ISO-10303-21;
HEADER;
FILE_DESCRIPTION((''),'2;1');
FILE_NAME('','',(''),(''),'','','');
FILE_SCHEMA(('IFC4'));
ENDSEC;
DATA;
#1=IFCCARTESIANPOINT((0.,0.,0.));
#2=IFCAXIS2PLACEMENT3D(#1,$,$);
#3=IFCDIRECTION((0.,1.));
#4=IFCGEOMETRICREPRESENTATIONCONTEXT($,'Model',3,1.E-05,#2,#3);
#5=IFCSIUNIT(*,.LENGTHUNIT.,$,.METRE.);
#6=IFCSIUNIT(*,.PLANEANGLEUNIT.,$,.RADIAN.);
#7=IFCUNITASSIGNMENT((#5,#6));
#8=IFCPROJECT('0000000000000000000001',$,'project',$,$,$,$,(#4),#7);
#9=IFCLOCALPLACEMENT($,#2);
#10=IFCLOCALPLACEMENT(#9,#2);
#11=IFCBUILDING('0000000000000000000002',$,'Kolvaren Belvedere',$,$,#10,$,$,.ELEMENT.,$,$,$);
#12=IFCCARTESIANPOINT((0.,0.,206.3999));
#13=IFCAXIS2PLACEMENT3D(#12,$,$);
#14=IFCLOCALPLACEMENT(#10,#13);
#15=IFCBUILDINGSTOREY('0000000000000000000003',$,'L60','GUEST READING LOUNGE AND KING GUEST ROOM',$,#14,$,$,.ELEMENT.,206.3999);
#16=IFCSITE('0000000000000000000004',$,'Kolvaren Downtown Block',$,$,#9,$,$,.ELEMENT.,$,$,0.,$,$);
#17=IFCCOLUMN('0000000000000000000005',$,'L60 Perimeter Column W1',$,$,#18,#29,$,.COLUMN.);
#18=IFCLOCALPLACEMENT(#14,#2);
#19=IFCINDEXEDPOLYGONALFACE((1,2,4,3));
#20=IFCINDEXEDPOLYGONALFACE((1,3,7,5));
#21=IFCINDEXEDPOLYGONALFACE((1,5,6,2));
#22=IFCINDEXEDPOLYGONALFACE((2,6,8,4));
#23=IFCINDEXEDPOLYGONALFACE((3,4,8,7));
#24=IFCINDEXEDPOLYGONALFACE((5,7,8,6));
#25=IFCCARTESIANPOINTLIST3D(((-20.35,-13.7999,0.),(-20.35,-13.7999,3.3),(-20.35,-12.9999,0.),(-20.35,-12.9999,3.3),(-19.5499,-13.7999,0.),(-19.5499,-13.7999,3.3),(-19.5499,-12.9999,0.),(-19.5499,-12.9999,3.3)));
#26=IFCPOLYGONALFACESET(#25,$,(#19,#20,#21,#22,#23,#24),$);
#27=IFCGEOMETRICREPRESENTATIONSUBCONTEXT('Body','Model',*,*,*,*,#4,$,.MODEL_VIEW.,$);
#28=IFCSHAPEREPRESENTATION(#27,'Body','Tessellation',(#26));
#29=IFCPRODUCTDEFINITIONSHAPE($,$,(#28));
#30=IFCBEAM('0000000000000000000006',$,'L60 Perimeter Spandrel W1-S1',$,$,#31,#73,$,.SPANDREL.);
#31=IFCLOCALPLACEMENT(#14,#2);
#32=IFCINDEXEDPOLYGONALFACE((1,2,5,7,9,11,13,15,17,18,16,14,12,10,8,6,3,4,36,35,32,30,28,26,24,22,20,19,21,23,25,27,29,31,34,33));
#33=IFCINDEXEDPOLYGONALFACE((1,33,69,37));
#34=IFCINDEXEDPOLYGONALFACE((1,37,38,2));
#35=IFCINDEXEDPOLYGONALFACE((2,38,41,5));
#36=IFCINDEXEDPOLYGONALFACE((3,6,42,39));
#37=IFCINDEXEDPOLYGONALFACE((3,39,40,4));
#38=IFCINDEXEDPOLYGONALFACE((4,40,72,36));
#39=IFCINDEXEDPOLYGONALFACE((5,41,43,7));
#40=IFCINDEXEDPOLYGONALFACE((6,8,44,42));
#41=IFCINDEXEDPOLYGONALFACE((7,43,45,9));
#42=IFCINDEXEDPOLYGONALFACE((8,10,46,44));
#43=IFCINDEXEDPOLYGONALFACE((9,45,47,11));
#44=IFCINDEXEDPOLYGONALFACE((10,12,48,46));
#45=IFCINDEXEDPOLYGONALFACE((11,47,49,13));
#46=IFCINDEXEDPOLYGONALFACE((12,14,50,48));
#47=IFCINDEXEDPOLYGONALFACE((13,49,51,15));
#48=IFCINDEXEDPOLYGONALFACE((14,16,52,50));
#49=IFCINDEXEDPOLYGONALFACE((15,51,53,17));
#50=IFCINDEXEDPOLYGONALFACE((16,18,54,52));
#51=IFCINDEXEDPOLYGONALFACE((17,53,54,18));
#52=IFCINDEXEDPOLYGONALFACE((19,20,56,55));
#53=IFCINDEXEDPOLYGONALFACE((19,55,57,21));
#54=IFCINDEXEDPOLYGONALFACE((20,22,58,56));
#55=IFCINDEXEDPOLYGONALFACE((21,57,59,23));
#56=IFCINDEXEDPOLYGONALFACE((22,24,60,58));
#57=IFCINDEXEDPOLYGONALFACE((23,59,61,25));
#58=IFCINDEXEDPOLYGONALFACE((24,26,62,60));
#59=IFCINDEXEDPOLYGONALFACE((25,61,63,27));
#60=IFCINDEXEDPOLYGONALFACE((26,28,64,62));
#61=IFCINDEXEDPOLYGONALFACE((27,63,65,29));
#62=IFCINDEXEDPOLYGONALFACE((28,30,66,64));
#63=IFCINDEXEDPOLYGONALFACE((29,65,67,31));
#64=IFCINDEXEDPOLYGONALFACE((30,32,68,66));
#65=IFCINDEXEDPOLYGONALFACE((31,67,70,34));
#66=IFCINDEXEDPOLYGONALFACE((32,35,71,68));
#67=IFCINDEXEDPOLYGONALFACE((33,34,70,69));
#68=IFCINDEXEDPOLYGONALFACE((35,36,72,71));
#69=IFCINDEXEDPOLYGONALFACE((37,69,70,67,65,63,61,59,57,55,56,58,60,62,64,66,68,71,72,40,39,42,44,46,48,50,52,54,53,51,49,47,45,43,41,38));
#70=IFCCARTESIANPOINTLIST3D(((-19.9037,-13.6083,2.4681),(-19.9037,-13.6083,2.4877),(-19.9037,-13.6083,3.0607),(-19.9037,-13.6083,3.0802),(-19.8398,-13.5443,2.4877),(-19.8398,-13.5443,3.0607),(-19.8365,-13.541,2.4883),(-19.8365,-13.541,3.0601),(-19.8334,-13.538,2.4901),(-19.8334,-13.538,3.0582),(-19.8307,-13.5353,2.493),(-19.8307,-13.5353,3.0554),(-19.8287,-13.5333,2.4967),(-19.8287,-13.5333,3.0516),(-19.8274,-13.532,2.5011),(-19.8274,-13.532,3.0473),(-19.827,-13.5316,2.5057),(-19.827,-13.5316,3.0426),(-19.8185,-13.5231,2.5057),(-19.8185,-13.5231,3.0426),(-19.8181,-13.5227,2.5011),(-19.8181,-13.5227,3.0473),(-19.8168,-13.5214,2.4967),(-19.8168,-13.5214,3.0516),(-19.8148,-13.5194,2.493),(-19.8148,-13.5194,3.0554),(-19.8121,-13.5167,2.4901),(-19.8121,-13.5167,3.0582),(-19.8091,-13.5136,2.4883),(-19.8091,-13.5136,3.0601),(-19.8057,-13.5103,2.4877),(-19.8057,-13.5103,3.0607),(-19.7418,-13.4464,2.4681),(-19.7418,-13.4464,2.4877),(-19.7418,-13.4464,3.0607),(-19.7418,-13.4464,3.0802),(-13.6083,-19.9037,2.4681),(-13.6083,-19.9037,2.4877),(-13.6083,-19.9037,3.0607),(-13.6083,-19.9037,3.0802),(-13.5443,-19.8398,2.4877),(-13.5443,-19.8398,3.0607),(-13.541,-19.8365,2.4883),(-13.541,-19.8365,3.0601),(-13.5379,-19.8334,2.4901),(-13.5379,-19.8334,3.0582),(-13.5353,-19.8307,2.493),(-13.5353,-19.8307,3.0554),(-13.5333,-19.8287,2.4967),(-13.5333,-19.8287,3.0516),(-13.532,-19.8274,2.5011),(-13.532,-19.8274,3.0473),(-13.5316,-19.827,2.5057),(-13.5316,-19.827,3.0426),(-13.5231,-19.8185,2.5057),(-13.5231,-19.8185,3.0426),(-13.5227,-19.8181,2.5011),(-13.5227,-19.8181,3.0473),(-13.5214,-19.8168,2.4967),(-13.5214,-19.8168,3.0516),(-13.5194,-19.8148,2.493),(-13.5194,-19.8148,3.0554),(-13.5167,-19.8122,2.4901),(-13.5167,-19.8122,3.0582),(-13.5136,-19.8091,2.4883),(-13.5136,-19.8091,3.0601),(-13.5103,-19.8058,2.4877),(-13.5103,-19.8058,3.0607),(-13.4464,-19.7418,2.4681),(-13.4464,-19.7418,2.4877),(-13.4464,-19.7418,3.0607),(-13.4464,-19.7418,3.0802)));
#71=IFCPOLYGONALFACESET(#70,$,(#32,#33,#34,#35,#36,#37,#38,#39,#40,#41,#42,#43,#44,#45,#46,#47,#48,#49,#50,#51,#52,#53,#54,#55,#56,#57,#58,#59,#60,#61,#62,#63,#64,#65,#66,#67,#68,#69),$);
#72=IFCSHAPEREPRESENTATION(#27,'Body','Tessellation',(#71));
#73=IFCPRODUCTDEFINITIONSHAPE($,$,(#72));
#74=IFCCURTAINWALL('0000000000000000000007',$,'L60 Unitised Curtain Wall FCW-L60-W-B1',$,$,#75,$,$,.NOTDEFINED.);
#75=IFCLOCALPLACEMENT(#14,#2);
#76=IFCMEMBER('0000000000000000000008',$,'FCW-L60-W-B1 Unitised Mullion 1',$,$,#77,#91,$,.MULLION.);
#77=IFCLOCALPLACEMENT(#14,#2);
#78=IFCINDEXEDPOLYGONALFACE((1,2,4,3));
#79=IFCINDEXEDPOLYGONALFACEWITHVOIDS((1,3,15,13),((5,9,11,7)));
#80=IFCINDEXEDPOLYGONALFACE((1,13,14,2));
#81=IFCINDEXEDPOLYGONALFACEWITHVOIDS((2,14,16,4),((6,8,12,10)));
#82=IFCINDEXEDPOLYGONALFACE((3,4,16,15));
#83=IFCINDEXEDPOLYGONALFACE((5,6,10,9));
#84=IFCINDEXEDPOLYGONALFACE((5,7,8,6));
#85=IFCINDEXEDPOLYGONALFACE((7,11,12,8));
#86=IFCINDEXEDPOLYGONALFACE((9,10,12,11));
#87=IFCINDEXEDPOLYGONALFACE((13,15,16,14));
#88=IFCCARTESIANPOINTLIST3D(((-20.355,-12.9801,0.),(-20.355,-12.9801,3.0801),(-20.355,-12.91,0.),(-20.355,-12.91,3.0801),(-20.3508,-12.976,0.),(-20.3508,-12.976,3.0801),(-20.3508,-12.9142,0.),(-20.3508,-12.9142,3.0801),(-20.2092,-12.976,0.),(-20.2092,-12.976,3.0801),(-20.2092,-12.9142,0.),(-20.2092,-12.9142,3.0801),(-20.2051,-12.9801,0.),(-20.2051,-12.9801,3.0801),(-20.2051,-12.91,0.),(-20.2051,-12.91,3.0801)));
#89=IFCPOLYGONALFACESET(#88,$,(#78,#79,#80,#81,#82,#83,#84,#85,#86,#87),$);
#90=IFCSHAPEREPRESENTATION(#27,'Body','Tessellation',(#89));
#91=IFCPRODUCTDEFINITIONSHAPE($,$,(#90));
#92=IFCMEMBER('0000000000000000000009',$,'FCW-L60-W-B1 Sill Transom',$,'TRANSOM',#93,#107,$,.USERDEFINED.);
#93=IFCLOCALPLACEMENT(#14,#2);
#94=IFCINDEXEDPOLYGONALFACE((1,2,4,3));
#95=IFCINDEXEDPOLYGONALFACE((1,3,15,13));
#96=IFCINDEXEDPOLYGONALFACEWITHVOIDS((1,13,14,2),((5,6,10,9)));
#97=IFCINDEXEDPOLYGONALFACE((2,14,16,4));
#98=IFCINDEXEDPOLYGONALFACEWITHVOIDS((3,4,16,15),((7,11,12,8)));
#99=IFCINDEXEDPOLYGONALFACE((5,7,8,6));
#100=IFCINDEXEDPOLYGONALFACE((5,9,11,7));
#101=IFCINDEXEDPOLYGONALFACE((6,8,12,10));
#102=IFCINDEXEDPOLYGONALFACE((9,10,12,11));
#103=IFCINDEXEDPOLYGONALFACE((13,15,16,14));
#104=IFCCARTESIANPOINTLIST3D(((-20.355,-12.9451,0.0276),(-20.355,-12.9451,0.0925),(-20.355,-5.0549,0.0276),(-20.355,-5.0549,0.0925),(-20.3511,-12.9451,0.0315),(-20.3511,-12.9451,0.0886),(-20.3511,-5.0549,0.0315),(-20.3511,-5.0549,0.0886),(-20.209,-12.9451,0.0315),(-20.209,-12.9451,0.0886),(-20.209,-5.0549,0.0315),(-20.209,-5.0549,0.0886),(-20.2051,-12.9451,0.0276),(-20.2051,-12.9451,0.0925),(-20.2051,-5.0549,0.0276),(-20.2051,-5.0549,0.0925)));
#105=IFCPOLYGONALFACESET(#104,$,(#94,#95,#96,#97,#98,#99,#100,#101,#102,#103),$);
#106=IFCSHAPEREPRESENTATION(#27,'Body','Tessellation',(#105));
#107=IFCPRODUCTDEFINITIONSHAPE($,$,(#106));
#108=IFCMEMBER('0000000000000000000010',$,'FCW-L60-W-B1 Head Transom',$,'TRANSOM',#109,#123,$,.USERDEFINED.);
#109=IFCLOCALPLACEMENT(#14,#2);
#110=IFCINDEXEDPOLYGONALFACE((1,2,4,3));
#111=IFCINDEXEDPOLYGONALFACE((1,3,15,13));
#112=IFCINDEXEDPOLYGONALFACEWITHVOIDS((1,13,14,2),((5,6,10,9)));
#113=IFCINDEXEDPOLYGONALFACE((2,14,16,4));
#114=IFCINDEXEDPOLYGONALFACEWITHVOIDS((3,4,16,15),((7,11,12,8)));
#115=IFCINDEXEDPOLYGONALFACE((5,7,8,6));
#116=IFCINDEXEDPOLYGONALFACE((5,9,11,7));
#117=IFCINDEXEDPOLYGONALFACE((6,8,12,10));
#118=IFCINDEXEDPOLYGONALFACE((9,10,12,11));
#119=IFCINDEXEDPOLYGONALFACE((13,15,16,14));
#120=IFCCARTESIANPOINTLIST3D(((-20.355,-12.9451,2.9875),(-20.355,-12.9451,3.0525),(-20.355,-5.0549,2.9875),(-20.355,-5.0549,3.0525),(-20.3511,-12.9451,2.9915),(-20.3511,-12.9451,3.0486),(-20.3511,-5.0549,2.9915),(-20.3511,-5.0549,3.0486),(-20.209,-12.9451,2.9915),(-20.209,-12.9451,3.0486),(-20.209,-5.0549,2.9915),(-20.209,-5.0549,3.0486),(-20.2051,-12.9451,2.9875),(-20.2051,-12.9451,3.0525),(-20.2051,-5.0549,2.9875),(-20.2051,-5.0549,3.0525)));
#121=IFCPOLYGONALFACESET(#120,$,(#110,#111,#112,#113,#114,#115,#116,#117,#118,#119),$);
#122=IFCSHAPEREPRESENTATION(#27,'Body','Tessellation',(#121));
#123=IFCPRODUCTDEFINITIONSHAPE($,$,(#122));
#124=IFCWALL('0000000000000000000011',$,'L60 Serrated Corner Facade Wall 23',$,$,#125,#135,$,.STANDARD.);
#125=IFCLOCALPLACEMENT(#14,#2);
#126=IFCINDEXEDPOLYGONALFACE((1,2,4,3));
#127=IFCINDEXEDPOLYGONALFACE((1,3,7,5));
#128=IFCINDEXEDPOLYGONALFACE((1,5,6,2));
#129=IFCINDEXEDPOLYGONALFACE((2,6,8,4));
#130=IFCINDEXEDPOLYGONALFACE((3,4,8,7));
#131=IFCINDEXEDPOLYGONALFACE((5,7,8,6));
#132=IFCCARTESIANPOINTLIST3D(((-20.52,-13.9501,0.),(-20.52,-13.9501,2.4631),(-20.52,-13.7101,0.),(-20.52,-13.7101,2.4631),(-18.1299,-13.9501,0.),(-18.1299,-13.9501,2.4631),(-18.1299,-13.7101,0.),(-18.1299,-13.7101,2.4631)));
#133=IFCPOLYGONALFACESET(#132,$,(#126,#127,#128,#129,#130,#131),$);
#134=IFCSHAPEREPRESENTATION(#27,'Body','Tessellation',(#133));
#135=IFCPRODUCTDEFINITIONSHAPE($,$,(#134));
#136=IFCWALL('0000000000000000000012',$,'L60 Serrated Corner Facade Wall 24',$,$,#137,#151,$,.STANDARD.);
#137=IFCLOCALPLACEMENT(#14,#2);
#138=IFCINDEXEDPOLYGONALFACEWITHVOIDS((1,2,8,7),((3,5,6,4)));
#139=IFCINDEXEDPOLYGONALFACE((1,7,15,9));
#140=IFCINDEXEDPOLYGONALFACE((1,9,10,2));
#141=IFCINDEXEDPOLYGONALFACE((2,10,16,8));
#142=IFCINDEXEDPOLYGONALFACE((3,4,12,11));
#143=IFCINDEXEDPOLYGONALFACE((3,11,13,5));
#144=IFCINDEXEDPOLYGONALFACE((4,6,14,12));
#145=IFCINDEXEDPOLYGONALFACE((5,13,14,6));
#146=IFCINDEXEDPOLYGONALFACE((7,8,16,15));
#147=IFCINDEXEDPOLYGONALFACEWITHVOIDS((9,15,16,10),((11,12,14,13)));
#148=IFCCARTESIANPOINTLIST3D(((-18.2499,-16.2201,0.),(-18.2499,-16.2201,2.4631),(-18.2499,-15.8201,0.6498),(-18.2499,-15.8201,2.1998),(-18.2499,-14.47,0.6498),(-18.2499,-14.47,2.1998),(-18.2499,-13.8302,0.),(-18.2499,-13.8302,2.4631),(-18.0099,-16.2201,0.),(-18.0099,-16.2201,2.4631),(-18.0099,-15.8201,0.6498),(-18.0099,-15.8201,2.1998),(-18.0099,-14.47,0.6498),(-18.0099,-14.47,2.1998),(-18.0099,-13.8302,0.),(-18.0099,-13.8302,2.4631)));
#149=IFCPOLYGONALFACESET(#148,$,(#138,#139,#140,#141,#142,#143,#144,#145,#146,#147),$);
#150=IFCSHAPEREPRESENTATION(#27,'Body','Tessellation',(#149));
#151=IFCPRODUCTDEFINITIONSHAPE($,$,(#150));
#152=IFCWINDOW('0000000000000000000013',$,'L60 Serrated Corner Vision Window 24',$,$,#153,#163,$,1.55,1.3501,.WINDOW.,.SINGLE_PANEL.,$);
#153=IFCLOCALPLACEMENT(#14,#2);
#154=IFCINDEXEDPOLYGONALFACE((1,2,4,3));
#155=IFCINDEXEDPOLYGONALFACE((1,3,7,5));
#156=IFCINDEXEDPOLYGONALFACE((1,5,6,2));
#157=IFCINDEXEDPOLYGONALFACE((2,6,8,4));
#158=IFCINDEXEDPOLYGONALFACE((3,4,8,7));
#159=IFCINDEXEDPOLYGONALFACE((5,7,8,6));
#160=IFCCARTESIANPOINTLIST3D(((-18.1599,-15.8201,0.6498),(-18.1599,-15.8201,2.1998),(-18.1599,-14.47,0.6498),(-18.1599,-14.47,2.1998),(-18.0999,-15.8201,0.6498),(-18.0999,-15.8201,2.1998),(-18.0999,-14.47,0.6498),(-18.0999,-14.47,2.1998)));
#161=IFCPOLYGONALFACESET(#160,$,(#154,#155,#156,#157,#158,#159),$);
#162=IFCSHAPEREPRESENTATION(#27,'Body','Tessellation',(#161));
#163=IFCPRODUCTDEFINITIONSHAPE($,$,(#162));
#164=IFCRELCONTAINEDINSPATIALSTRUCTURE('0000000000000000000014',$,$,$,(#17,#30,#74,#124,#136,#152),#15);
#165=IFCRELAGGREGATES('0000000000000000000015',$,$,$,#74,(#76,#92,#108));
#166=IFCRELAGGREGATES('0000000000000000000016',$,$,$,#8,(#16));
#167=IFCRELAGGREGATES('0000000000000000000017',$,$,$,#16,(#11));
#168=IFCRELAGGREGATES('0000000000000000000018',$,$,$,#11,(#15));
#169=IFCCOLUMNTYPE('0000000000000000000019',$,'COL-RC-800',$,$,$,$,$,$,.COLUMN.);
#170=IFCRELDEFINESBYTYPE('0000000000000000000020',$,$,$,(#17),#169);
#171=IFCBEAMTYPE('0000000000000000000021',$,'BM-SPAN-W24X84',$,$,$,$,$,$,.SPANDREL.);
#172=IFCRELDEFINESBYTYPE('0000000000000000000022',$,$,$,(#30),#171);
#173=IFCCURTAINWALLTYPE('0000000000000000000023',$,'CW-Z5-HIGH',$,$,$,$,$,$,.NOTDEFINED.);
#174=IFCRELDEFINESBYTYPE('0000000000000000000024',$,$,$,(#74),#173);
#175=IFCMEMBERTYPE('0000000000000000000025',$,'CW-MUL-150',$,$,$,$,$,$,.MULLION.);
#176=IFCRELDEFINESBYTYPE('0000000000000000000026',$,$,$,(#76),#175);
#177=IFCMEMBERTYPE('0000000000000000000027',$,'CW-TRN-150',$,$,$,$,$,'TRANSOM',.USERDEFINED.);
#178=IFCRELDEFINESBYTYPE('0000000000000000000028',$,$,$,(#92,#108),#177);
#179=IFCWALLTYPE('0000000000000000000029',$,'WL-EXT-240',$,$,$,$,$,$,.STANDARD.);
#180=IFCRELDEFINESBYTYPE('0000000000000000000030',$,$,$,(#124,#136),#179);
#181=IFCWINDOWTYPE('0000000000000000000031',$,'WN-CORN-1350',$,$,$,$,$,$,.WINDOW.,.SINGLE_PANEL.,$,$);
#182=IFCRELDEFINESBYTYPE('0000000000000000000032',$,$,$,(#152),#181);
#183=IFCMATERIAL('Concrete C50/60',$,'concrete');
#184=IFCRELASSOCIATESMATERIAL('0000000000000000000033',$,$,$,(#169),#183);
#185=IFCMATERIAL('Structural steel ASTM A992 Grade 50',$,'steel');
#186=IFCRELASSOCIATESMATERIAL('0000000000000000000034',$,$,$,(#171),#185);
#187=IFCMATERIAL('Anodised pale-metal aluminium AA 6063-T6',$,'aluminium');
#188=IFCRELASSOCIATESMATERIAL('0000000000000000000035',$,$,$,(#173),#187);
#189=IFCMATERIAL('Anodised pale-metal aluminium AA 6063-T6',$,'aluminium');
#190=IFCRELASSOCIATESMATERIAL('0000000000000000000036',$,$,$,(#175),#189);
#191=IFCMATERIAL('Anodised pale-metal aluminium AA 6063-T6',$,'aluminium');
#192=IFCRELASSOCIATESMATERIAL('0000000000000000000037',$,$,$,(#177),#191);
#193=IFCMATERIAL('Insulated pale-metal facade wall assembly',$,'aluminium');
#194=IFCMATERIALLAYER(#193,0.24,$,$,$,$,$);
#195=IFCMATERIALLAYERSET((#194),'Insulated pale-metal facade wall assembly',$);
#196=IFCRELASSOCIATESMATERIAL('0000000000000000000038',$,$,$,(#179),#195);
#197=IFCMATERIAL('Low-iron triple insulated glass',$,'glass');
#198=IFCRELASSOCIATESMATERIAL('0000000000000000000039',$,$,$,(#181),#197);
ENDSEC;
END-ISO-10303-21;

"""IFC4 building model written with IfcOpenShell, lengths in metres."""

from ifc_helpers import new_model, si_unit, direction, frame, frame_2d, origin, origin_2d, place, context, subcontext, project, spatial, rectangle, hollow_rectangle, i_section, extrude, material, layer, layer_set, material_profile, profile_set, type_object, element, fill, aggregate, save


model = new_model("IFC4")

# Units and contexts
model_context = context("Model", 3, precision=1e-05, world=origin(), true_north=direction((0.0, 1.0)))
body_context = subcontext(model_context, "Body", "Model", "MODEL_VIEW")
ifc_project = project(units=[si_unit("LENGTHUNIT", "METRE"), si_unit("PLANEANGLEUNIT", "RADIAN")], contexts=[model_context])

# Site, building, storey
site_placement = place(None, origin())
site = spatial("IfcSite", under=ifc_project, at=site_placement, Name="Kolvaren Downtown Block", CompositionType="ELEMENT", RefElevation=0.0)
building_placement = place(site_placement, origin())
building = spatial("IfcBuilding", under=site, at=building_placement, Name="Kolvaren Belvedere", CompositionType="ELEMENT")
storey_placement = place(building_placement, frame((0.0, 0.0, 206.3999)))
storey = spatial("IfcBuildingStorey", under=building, at=storey_placement, Name="L60", Description="GUEST READING LOUNGE AND KING GUEST ROOM", CompositionType="ELEMENT", Elevation=206.3999)

# Column
ifc_material_1 = material(Name="Concrete C50/60", Category="concrete")
ifc_material_profile_1 = material_profile(ifc_material_1, rectangle(XDim=0.8, YDim=0.8, at=origin_2d()), Name="RC 800X800")
ifc_profile_set_1 = profile_set([ifc_material_profile_1], Name="Concrete C50/60")
column_type = type_object("IfcColumnType", Name="COL-RC-800", PredefinedType="COLUMN", material=ifc_profile_set_1)
column_placement = place(storey_placement, frame((-19.95, -13.3999, 0.0), z_axis=(0.0, 0.0, 1.0), x_axis=(1.0, 0.0, 0.0)))
element("IfcColumn", 1, at=column_placement, inside=storey, type_object=column_type, Name="L60 Perimeter Column W1", PredefinedType="COLUMN", context=body_context, shape_type="SweptSolid", body=[
    extrude(rectangle(XDim=0.8, YDim=0.8, at=origin_2d()), origin(), (0.0, 0.0, 1.0), 3.3),
])

# Beam
ifc_material_2 = material(Name="Structural steel ASTM A992 Grade 50", Category="steel")
ifc_material_profile_2 = material_profile(ifc_material_2, i_section(OverallWidth=0.229, OverallDepth=0.6121, WebThickness=0.012, FlangeThickness=0.0195, FilletRadius=0.0181, at=origin_2d()), Name="W24X84")
ifc_profile_set_2 = profile_set([ifc_material_profile_2], Name="Structural steel ASTM A992 Grade 50")
beam_type = type_object("IfcBeamType", Name="BM-SPAN-W24X84", PredefinedType="SPANDREL", material=ifc_profile_set_2)
beam_placement = place(storey_placement, frame((-19.8228, -13.5273, 2.7742), z_axis=(0.707107, -0.707107, 0.0), x_axis=(0.707107, 0.707107, 0.0)))
element("IfcBeam", 2, at=beam_placement, inside=storey, type_object=beam_type, Name="L60 Perimeter Spandrel W1-S1", PredefinedType="SPANDREL", context=body_context, shape_type="SweptSolid", body=[
    extrude(i_section(OverallWidth=0.229, OverallDepth=0.6121, WebThickness=0.012, FlangeThickness=0.0195, FilletRadius=0.0181, at=origin_2d()), origin(), (0.0, 0.0, 1.0), 8.9031),
])

# Curtain wall, members
ifc_material_3 = material(Name="Anodised pale-metal aluminium AA 6063-T6", Category="aluminium")
curtain_wall_type = type_object("IfcCurtainWallType", Name="CW-Z5-HIGH", PredefinedType="NOTDEFINED", material=ifc_material_3)
curtain_wall_placement = place(storey_placement, origin())
curtain_wall = element("IfcCurtainWall", 3, at=curtain_wall_placement, inside=storey, type_object=curtain_wall_type, Name="L60 Unitised Curtain Wall FCW-L60-W-B1", PredefinedType="NOTDEFINED")
ifc_material_4 = material(Name="Anodised pale-metal aluminium AA 6063-T6", Category="aluminium")
ifc_material_profile_3 = material_profile(ifc_material_4, hollow_rectangle(XDim=0.0701, YDim=0.1499, WallThickness=0.0042, at=origin_2d()), Name="ALU-MUL-150X70")
ifc_profile_set_3 = profile_set([ifc_material_profile_3], Name="Anodised pale-metal aluminium AA 6063-T6")
member_type_1 = type_object("IfcMemberType", Name="CW-MUL-150", PredefinedType="MULLION", material=ifc_profile_set_3)
member_1_placement = place(storey_placement, frame((-20.28, -12.9451, 0.0), z_axis=(0.0, 0.0, 1.0), x_axis=(0.0, 1.0, 0.0)))
member_1 = element("IfcMember", 4, at=member_1_placement, type_object=member_type_1, Name="FCW-L60-W-B1 Unitised Mullion 1", PredefinedType="MULLION", context=body_context, shape_type="SweptSolid", body=[
    extrude(hollow_rectangle(XDim=0.0701, YDim=0.1499, WallThickness=0.0042, at=origin_2d()), origin(), (0.0, 0.0, 1.0), 3.0801),
])
ifc_material_5 = material(Name="Anodised pale-metal aluminium AA 6063-T6", Category="aluminium")
ifc_material_profile_4 = material_profile(ifc_material_5, hollow_rectangle(XDim=0.0649, YDim=0.1499, WallThickness=0.0039, at=origin_2d()), Name="ALU-TRN-150X65")
ifc_profile_set_4 = profile_set([ifc_material_profile_4], Name="Anodised pale-metal aluminium AA 6063-T6")
member_type_2 = type_object("IfcMemberType", Name="CW-TRN-150", ElementType="TRANSOM", PredefinedType="USERDEFINED", material=ifc_profile_set_4)
member_2_placement = place(storey_placement, frame((-20.28, -12.9451, 0.0601), z_axis=(0.0, 1.0, 0.0), x_axis=(0.0, 0.0, 1.0)))
member_2 = element("IfcMember", 5, at=member_2_placement, type_object=member_type_2, Name="FCW-L60-W-B1 Sill Transom", ObjectType="TRANSOM", PredefinedType="USERDEFINED", context=body_context, shape_type="SweptSolid", body=[
    extrude(hollow_rectangle(XDim=0.0649, YDim=0.1499, WallThickness=0.0039, at=origin_2d()), origin(), (0.0, 0.0, 1.0), 7.8901),
])
member_3_placement = place(storey_placement, frame((-20.28, -12.9451, 3.02), z_axis=(0.0, 1.0, 0.0), x_axis=(0.0, 0.0, 1.0)))
member_3 = element("IfcMember", 6, at=member_3_placement, type_object=member_type_2, Name="FCW-L60-W-B1 Head Transom", ObjectType="TRANSOM", PredefinedType="USERDEFINED", context=body_context, shape_type="SweptSolid", body=[
    extrude(hollow_rectangle(XDim=0.0649, YDim=0.1499, WallThickness=0.0039, at=origin_2d()), origin(), (0.0, 0.0, 1.0), 7.8901),
])
aggregate(curtain_wall, [member_1, member_2, member_3])

# Wall
ifc_material_6 = material(Name="Insulated pale-metal facade wall assembly", Category="aluminium")
ifc_layer_1 = layer(ifc_material_6, 0.24)
ifc_layer_set_1 = layer_set([ifc_layer_1], Name="Insulated pale-metal facade wall assembly")
wall_type_1 = type_object("IfcWallType", Name="WL-EXT-240", PredefinedType="STANDARD", material=ifc_layer_set_1)
wall_1_placement = place(storey_placement, frame((-18.1299, -13.8301, 0.0), z_axis=(0.0, 0.0, 1.0), x_axis=(-1.0, 0.0, 0.0)))
element("IfcWall", 7, at=wall_1_placement, inside=storey, type_object=wall_type_1, Name="L60 Serrated Corner Facade Wall 23", PredefinedType="STANDARD", context=body_context, shape_type="SweptSolid", body=[
    extrude(rectangle(XDim=2.3901, YDim=0.24, at=frame_2d((1.1951, 0.0))), origin(), (0.0, 0.0, 1.0), 2.4631),
])

# Wall, opening, window
wall_2_placement = place(storey_placement, frame((-18.1299, -16.22, 0.0), z_axis=(0.0, 0.0, 1.0), x_axis=(0.0, 1.0, 0.0)))
wall_2 = element("IfcWall", 8, at=wall_2_placement, inside=storey, type_object=wall_type_1, Name="L60 Serrated Corner Facade Wall 24", PredefinedType="STANDARD", context=body_context, shape_type="SweptSolid", body=[
    extrude(rectangle(XDim=2.3899, YDim=0.24, at=frame_2d((1.1948, 0.0))), origin(), (0.0, 0.0, 1.0), 2.4631),
])
opening_1_placement = place(wall_2_placement, frame((0.3999, 0.0, 0.6499)))
opening_1 = element("IfcOpeningElement", 9, at=opening_1_placement, cuts=wall_2, PredefinedType="OPENING", context=body_context, shape_type="SweptSolid", body=[
    extrude(rectangle(XDim=1.3501, YDim=1.55, at=frame_2d((0.675, 0.7749))), frame((0.0, 0.1299, 0.0), z_axis=(0.0, -1.0, 0.0), x_axis=(1.0, 0.0, 0.0)), (0.0, 0.0, 1.0), 0.26),
])
ifc_material_7 = material(Name="Low-iron triple insulated glass", Category="glass")
window_type_1 = type_object("IfcWindowType", Name="WN-CORN-1350", PartitioningType="SINGLE_PANEL", PredefinedType="WINDOW", material=ifc_material_7)
window_1_placement = place(opening_1_placement, origin())
window_1 = element("IfcWindow", 10, at=window_1_placement, inside=storey, type_object=window_type_1, Name="L60 Serrated Corner Vision Window 24", OverallHeight=1.55, OverallWidth=1.3501, PartitioningType="SINGLE_PANEL", PredefinedType="WINDOW", context=body_context, shape_type="SweptSolid", body=[
    extrude(rectangle(XDim=1.3501, YDim=1.55, at=frame_2d((0.675, 0.7749))), frame((0.0, 0.03, 0.0), z_axis=(0.0, -1.0, 0.0), x_axis=(1.0, 0.0, 0.0)), (0.0, 0.0, 1.0), 0.0601),
])
fill(opening_1, window_1)

save(model, "model.ifc")
